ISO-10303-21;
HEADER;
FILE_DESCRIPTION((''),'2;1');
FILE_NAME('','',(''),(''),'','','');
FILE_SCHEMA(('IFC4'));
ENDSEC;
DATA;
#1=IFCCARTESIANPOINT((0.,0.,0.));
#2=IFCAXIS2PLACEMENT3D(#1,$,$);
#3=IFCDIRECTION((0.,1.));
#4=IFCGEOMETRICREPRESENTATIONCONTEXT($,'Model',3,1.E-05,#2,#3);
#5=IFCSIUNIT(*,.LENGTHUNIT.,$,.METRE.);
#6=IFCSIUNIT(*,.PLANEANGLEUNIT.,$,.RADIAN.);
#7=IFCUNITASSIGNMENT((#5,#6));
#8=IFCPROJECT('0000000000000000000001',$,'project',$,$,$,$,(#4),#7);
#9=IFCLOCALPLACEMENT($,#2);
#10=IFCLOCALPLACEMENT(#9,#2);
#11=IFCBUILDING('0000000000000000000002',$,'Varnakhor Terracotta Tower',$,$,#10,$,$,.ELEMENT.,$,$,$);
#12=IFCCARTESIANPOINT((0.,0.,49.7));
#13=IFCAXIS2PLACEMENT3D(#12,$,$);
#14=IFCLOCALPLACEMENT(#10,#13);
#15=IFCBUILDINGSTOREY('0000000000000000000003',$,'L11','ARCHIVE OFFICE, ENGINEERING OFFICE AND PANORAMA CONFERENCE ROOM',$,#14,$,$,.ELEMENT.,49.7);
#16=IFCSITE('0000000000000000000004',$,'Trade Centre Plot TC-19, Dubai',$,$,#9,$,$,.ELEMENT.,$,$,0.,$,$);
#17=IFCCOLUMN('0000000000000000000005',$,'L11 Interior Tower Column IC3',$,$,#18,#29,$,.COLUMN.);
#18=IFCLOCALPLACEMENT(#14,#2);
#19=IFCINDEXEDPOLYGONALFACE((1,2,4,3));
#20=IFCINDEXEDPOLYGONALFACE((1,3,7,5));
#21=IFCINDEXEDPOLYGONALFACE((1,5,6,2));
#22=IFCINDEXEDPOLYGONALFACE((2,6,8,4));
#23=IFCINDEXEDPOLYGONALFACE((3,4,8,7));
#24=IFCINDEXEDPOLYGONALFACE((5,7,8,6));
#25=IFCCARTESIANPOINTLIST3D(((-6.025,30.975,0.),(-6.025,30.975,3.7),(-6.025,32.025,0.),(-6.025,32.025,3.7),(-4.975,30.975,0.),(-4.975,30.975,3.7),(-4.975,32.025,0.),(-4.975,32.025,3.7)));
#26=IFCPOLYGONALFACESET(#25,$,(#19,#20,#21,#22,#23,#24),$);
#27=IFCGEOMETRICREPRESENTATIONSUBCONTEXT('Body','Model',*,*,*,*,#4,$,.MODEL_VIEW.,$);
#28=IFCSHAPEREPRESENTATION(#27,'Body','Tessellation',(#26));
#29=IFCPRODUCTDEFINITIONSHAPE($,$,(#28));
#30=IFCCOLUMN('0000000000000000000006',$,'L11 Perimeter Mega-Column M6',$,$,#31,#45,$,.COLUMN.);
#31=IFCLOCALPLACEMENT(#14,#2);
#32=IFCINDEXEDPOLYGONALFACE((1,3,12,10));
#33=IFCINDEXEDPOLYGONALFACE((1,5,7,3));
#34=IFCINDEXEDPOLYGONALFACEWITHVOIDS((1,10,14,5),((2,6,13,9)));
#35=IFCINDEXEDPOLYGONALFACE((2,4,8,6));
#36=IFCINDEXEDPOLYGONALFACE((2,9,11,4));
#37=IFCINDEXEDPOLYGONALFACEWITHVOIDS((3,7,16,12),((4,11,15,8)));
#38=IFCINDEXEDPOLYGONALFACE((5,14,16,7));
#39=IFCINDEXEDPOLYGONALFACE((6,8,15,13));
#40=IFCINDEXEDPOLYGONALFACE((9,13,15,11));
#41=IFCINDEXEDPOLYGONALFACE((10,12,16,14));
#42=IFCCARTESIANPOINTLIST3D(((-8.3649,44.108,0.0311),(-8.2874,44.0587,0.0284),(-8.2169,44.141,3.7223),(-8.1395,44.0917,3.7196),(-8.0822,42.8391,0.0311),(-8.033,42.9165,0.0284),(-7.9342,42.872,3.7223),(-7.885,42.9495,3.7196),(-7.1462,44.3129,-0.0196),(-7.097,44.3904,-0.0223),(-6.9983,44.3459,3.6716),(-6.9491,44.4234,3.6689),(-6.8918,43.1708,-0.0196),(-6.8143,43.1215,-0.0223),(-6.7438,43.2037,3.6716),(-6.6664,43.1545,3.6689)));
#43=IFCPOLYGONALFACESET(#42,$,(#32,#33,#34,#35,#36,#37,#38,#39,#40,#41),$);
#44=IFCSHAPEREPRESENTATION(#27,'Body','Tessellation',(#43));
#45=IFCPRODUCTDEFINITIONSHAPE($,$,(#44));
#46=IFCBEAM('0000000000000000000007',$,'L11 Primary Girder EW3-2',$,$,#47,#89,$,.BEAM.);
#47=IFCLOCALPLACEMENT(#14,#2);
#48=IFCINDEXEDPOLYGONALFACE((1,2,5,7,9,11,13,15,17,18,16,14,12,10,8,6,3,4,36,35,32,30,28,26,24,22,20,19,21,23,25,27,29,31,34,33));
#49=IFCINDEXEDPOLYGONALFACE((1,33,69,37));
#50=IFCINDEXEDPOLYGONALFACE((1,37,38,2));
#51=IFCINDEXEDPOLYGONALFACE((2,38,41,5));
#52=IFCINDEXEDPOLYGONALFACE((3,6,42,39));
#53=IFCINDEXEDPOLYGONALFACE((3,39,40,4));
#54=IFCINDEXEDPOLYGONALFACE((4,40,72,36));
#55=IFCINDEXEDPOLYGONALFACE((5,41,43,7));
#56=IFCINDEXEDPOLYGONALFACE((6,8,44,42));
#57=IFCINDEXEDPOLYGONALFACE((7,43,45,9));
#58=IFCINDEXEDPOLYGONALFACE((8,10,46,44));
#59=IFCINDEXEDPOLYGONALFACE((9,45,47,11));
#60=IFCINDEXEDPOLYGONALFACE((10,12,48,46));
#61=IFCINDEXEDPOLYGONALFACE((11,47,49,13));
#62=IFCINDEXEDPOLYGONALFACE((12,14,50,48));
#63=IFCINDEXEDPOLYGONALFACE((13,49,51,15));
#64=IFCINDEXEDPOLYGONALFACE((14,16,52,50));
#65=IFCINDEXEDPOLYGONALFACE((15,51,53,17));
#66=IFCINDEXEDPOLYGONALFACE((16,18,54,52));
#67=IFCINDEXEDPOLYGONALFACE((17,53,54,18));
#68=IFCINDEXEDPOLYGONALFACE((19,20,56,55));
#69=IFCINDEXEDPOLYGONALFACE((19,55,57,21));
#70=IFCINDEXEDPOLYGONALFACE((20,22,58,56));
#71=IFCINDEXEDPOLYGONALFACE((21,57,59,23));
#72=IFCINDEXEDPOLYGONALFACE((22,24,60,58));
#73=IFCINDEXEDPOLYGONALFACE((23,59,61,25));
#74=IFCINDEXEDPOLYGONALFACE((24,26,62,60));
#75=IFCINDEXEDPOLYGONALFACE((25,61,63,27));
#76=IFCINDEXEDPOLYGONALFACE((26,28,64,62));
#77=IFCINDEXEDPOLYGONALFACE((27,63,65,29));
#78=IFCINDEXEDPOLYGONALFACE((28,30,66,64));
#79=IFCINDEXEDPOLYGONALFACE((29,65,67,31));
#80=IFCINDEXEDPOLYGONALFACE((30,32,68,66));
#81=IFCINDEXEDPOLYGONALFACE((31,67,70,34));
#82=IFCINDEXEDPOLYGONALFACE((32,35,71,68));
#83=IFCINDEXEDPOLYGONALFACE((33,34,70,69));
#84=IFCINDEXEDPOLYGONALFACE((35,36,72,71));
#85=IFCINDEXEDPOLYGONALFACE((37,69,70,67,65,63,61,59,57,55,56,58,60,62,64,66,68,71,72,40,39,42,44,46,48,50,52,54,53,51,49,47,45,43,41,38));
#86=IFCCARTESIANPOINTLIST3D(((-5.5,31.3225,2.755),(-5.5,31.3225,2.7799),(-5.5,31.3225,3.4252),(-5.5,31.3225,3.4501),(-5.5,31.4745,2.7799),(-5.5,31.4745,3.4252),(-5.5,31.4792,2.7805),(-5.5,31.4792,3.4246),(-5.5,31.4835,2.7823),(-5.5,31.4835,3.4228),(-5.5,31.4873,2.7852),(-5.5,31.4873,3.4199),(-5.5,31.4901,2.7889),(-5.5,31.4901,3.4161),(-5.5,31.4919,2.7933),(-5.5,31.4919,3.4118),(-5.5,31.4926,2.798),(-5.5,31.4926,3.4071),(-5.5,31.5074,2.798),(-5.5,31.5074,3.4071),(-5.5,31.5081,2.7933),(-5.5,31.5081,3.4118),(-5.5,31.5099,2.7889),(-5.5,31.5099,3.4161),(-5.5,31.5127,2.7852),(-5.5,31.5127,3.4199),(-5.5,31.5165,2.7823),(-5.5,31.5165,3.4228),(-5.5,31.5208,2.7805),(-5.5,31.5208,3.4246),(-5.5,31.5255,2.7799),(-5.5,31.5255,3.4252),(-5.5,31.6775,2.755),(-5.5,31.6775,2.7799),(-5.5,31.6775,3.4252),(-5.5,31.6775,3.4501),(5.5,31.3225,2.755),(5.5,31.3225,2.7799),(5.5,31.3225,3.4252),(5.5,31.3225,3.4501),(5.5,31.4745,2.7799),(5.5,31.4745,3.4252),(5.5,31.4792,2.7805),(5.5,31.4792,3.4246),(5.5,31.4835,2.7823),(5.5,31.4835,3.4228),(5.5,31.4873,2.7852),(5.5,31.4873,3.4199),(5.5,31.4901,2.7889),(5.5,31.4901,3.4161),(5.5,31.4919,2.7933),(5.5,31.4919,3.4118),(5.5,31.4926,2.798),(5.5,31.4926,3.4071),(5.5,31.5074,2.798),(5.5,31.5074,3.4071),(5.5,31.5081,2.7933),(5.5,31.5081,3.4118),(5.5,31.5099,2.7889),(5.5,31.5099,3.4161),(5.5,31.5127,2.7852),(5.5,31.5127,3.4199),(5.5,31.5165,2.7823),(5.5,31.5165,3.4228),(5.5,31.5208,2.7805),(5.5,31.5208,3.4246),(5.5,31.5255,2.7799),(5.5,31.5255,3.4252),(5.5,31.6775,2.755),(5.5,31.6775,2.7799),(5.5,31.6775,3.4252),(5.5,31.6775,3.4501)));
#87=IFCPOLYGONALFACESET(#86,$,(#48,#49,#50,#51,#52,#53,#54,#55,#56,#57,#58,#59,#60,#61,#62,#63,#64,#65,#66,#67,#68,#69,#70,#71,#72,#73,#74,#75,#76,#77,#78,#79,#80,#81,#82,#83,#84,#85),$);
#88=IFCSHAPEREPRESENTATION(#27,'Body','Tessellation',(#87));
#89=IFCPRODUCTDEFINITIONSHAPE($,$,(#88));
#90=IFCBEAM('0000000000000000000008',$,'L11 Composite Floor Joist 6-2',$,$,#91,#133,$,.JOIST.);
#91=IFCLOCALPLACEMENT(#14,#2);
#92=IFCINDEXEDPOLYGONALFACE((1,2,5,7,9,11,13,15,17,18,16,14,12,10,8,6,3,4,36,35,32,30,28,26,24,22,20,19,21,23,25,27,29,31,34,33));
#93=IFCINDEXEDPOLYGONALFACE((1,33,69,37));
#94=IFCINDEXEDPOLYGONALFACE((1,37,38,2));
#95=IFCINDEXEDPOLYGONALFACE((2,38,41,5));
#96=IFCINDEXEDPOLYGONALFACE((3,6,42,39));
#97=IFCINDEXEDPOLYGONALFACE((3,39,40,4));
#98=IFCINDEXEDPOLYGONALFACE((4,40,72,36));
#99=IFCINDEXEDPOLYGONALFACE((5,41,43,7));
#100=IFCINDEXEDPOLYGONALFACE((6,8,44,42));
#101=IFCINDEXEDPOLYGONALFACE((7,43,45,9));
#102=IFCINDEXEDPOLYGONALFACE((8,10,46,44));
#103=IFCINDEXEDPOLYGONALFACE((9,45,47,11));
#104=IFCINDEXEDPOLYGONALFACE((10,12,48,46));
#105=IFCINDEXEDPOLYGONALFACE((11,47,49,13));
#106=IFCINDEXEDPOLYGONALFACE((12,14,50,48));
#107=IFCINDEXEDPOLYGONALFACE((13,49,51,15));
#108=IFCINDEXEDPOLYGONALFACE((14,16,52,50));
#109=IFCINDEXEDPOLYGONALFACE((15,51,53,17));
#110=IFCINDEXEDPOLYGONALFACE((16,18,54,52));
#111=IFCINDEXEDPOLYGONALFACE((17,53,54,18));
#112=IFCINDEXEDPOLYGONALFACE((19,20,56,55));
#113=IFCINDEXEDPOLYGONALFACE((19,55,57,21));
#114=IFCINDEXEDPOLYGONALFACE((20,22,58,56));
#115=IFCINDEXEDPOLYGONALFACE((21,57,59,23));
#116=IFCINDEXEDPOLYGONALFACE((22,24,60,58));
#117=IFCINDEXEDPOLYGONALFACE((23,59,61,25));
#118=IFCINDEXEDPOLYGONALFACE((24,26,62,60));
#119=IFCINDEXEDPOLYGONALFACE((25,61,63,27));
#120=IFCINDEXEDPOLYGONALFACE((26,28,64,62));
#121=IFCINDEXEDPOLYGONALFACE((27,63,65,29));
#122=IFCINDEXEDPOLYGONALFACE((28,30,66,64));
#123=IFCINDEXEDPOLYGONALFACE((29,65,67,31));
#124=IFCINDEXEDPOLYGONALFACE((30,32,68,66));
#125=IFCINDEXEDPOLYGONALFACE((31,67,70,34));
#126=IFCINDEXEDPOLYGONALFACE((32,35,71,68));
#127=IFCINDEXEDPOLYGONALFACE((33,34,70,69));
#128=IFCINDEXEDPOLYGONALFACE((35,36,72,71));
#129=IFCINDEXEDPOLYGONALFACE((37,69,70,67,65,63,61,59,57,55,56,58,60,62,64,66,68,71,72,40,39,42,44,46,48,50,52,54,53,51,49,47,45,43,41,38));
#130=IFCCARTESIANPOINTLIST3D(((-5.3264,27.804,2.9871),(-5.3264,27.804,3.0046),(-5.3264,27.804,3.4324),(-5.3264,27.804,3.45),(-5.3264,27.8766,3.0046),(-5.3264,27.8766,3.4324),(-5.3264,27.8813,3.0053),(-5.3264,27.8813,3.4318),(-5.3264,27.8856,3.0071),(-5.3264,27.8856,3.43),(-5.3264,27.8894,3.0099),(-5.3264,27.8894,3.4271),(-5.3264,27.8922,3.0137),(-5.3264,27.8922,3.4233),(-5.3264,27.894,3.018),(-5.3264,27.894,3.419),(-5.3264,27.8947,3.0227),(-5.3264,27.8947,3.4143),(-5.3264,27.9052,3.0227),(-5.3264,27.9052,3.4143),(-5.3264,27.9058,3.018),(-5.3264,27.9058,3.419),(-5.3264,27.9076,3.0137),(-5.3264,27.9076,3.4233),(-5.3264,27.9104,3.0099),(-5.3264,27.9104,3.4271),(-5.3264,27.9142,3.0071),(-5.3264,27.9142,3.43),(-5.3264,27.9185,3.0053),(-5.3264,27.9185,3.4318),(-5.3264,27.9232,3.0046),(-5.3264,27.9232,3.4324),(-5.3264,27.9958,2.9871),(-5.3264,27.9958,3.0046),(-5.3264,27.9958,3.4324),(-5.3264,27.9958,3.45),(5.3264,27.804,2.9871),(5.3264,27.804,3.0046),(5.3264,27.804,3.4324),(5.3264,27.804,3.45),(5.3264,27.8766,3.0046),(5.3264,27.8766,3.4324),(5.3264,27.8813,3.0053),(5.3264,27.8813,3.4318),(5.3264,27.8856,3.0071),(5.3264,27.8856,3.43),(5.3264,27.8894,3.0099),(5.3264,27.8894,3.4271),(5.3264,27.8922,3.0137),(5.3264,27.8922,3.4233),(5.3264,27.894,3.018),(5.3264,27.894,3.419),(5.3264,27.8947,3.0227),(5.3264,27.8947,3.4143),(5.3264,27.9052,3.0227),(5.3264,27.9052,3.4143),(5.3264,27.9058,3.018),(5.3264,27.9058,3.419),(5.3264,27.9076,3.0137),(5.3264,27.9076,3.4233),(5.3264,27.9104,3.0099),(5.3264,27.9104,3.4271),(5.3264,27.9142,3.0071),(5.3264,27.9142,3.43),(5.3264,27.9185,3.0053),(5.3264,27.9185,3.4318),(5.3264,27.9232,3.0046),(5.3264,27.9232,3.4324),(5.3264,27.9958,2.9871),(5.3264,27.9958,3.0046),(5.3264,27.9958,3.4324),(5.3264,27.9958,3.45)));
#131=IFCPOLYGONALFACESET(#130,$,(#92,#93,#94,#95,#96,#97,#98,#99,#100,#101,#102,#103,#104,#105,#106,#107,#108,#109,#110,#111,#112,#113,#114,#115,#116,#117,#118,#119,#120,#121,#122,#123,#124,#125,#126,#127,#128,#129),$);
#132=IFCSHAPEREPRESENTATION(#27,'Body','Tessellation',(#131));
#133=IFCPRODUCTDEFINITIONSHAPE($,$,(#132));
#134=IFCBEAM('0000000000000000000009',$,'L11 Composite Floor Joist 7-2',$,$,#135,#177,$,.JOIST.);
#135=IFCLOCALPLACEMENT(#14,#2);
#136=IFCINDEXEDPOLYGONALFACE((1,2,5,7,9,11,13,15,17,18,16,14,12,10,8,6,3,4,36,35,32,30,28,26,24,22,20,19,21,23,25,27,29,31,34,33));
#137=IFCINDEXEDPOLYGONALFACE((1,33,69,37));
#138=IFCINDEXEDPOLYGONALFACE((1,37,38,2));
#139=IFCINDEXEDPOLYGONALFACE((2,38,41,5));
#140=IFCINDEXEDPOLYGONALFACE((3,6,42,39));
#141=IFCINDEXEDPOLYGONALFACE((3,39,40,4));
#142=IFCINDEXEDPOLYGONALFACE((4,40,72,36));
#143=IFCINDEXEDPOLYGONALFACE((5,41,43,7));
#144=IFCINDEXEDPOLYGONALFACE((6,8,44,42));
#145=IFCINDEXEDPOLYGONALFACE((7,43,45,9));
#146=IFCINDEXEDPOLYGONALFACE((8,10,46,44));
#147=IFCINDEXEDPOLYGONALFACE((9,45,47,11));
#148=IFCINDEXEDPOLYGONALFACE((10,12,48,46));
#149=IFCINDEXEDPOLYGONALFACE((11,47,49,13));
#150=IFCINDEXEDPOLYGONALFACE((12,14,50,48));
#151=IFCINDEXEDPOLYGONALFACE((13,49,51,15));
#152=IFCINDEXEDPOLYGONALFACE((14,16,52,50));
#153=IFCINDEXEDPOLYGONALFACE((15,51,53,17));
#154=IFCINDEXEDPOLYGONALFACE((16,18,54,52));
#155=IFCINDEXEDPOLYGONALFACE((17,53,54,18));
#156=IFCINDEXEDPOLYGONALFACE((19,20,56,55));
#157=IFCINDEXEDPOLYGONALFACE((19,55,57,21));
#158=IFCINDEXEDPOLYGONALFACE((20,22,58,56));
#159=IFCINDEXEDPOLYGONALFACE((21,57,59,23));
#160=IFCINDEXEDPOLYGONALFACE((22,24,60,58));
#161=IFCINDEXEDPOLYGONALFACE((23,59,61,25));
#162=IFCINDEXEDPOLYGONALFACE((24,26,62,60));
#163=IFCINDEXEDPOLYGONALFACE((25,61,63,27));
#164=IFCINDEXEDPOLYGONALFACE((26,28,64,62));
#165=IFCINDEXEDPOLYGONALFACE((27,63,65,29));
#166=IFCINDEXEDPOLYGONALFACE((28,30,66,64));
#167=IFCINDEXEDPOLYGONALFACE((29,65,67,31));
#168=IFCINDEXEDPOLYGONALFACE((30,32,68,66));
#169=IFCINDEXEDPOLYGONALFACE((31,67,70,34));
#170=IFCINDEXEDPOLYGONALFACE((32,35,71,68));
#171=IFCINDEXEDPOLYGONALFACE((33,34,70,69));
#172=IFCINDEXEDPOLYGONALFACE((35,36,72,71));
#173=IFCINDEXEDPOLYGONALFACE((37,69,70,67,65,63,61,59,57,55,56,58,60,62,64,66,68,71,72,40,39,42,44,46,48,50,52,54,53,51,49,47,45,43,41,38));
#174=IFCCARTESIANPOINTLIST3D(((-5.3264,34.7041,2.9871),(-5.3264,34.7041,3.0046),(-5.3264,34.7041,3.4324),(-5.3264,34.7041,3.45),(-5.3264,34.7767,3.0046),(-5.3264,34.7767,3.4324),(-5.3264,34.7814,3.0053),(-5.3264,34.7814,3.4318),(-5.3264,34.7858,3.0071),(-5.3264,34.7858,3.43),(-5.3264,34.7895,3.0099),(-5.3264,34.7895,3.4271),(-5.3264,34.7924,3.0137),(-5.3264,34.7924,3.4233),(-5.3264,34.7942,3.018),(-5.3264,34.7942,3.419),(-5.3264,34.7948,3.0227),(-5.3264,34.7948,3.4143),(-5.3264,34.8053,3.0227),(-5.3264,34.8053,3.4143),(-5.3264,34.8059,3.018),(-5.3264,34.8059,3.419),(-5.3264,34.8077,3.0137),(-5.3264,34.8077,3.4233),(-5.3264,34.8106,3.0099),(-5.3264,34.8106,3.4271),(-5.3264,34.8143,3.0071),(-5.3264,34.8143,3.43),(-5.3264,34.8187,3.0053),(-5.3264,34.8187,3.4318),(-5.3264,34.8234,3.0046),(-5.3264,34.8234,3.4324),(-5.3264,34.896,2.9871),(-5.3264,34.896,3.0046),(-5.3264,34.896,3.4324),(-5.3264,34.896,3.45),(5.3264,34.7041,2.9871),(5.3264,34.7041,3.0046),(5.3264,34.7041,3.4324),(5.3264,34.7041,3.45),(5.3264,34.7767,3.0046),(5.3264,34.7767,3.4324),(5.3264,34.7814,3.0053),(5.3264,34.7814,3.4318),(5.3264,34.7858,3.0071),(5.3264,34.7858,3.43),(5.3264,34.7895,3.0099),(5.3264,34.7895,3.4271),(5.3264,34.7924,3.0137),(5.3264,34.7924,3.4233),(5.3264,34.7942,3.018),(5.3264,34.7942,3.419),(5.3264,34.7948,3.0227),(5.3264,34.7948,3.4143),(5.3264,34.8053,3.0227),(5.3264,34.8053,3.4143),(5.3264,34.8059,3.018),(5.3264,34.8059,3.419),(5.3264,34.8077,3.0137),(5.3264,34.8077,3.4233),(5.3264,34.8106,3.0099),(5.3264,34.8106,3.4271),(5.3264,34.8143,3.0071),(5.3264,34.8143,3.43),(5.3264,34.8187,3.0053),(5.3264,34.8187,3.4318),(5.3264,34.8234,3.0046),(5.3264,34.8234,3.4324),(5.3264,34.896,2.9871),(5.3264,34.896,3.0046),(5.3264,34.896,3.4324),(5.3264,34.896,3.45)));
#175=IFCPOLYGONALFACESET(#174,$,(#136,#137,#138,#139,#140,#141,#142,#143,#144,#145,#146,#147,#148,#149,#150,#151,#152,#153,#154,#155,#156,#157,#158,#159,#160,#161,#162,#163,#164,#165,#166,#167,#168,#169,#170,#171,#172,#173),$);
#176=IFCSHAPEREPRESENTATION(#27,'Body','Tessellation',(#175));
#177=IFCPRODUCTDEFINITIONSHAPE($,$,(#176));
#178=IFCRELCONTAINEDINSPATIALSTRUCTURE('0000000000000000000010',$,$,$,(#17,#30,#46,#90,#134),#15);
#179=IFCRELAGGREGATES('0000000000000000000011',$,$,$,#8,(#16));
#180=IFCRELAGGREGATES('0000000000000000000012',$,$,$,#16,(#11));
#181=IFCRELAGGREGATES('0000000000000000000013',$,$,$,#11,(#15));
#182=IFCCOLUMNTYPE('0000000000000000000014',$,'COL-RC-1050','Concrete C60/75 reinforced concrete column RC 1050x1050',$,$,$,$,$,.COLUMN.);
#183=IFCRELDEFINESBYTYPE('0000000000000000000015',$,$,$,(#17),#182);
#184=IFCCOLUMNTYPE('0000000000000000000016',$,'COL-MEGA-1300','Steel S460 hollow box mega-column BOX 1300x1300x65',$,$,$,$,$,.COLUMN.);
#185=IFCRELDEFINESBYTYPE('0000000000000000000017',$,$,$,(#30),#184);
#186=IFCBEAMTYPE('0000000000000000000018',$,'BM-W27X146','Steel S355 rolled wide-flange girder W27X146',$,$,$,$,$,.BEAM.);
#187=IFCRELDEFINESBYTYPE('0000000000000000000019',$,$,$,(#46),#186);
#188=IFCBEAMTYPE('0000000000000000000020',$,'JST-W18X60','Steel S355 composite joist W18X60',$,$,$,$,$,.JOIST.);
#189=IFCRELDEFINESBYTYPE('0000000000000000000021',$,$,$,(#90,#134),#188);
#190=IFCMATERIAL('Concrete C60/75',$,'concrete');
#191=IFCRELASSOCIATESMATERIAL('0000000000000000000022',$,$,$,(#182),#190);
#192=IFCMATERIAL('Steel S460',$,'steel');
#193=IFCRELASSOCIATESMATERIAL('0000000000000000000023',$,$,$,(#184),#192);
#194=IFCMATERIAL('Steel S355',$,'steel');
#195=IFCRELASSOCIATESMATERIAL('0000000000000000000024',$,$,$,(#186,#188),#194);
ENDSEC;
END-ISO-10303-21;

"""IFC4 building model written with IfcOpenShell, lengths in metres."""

from ifc_helpers import new_model, si_unit, direction, frame, origin, origin_2d, place, context, subcontext, project, spatial, rectangle, hollow_rectangle, i_section, extrude, source, transform, mapped, material, material_profile, profile_set, type_object, element, save


model = new_model("IFC4")

# Units and contexts
model_context = context("Model", 3, precision=1e-05, world=origin(), true_north=direction((0.0, 1.0)))
body_context = subcontext(model_context, "Body", "Model", "MODEL_VIEW")
ifc_project = project(units=[si_unit("LENGTHUNIT", "METRE"), si_unit("PLANEANGLEUNIT", "RADIAN")], contexts=[model_context])

# Site, building, storey
site_placement = place(None, origin())
site = spatial("IfcSite", under=ifc_project, at=site_placement, Name="Trade Centre Plot TC-19, Dubai", CompositionType="ELEMENT", RefElevation=0.0)
building_placement = place(site_placement, origin())
building = spatial("IfcBuilding", under=site, at=building_placement, Name="Varnakhor Terracotta Tower", CompositionType="ELEMENT")
storey_placement = place(building_placement, frame((0.0, 0.0, 49.7)))
storey = spatial("IfcBuildingStorey", under=building, at=storey_placement, Name="L11", Description="ARCHIVE OFFICE, ENGINEERING OFFICE AND PANORAMA CONFERENCE ROOM", CompositionType="ELEMENT", Elevation=49.7)

# Columns
ifc_material_1 = material(Name="Concrete C60/75", Category="concrete")
ifc_material_profile_1 = material_profile(ifc_material_1, rectangle(XDim=1.05, YDim=1.05, at=origin_2d()), Name="RC 1050x1050")
ifc_profile_set_1 = profile_set([ifc_material_profile_1], Name="Concrete C60/75")
column_type_1 = type_object("IfcColumnType", Name="COL-RC-1050", Description="Concrete C60/75 reinforced concrete column RC 1050x1050", PredefinedType="COLUMN", material=ifc_profile_set_1)
shared_shape_1 = source(origin(), body_context, "Body", "SweptSolid", [
    extrude(rectangle(XDim=1.05, YDim=1.05, at=origin_2d()), origin(), (0.0, 0.0, 1.0), 3.7),
])
column_1_placement = place(storey_placement, frame((-5.5, 31.5, 0.0), z_axis=(0.0, 0.0, 1.0), x_axis=(1.0, 0.0, 0.0)))
element("IfcColumn", 1, at=column_1_placement, inside=storey, type_object=column_type_1, Name="L11 Interior Tower Column IC3", PredefinedType="COLUMN", context=body_context, shape_type="MappedRepresentation", body=[
    mapped(shared_shape_1, transform((0.0, 0.0, 0.0), scale=1.0)),
])
ifc_material_2 = material(Name="Steel S460", Category="steel")
ifc_material_profile_2 = material_profile(ifc_material_2, hollow_rectangle(XDim=1.3, YDim=1.3, WallThickness=0.0649, at=origin_2d()), Name="BOX 1300x1300x65")
ifc_profile_set_2 = profile_set([ifc_material_profile_2], Name="Steel S460")
column_type_2 = type_object("IfcColumnType", Name="COL-MEGA-1300", Description="Steel S460 hollow box mega-column BOX 1300x1300x65", PredefinedType="COLUMN", material=ifc_profile_set_2)
shared_shape_2 = source(origin(), body_context, "Body", "SweptSolid", [
    extrude(hollow_rectangle(XDim=1.3, YDim=1.3, WallThickness=0.0649, at=origin_2d()), origin(), (0.0, 0.0, 1.0), 3.6943),
])
column_2_placement = place(storey_placement, frame((-7.5896, 43.6147, 0.0044), z_axis=(0.040048, 0.008922, 0.999158), x_axis=(-0.217442, 0.976073, 0.0)))
element("IfcColumn", 2, at=column_2_placement, inside=storey, type_object=column_type_2, Name="L11 Perimeter Mega-Column M6", PredefinedType="COLUMN", context=body_context, shape_type="MappedRepresentation", body=[
    mapped(shared_shape_2, transform((0.0, 0.0, 0.0), scale=1.0)),
])

# Beams
ifc_material_3 = material(Name="Steel S355", Category="steel")
ifc_material_profile_3 = material_profile(ifc_material_3, i_section(OverallWidth=0.355, OverallDepth=0.6951, WebThickness=0.0149, FlangeThickness=0.0249, FilletRadius=0.0181, at=origin_2d()), Name="W27X146")
ifc_profile_set_3 = profile_set([ifc_material_profile_3], Name="Steel S355")
beam_type_1 = type_object("IfcBeamType", Name="BM-W27X146", Description="Steel S355 rolled wide-flange girder W27X146", PredefinedType="BEAM", material=ifc_profile_set_3)
shared_shape_3 = source(origin(), body_context, "Body", "SweptSolid", [
    extrude(i_section(OverallWidth=0.355, OverallDepth=0.6951, WebThickness=0.0149, FlangeThickness=0.0249, FilletRadius=0.0181, at=origin_2d()), origin(), (0.0, 0.0, 1.0), 11.0),
])
beam_1_placement = place(storey_placement, frame((-5.5, 31.5, 3.1025), z_axis=(1.0, 0.0, 0.0), x_axis=(0.0, 1.0, 0.0)))
element("IfcBeam", 3, at=beam_1_placement, inside=storey, type_object=beam_type_1, Name="L11 Primary Girder EW3-2", PredefinedType="BEAM", context=body_context, shape_type="MappedRepresentation", body=[
    mapped(shared_shape_3, transform((0.0, 0.0, 0.0), scale=1.0)),
])
ifc_material_profile_4 = material_profile(ifc_material_3, i_section(OverallWidth=0.1919, OverallDepth=0.4629, WebThickness=0.0105, FlangeThickness=0.0176, FilletRadius=0.0181, at=origin_2d()), Name="W18X60")
ifc_profile_set_4 = profile_set([ifc_material_profile_4], Name="Steel S355")
beam_type_2 = type_object("IfcBeamType", Name="JST-W18X60", Description="Steel S355 composite joist W18X60", PredefinedType="JOIST", material=ifc_profile_set_4)
shared_shape_4 = source(origin(), body_context, "Body", "SweptSolid", [
    extrude(i_section(OverallWidth=0.1919, OverallDepth=0.4629, WebThickness=0.0105, FlangeThickness=0.0176, FilletRadius=0.0181, at=origin_2d()), origin(), (0.0, 0.0, 1.0), 10.6528),
])
for number, where, z_axis, x_axis, name in (
    (4, (-5.3264, 27.8999, 3.2185), (1.0, 0.0, 0.0), (0.0, 1.0, 0.0), "L11 Composite Floor Joist 6-2"),
    (5, (-5.3264, 34.8, 3.2185), (1.0, 0.0, 0.0), (0.0, 1.0, 0.0), "L11 Composite Floor Joist 7-2"),
):
    element("IfcBeam", number, at=place(storey_placement, frame(where, z_axis=z_axis, x_axis=x_axis)), inside=storey, type_object=beam_type_2, Name=name, PredefinedType="JOIST", context=body_context, shape_type="MappedRepresentation", body=[
        mapped(shared_shape_4, transform((0.0, 0.0, 0.0), scale=1.0)),
    ])

save(model, "model.ifc")
